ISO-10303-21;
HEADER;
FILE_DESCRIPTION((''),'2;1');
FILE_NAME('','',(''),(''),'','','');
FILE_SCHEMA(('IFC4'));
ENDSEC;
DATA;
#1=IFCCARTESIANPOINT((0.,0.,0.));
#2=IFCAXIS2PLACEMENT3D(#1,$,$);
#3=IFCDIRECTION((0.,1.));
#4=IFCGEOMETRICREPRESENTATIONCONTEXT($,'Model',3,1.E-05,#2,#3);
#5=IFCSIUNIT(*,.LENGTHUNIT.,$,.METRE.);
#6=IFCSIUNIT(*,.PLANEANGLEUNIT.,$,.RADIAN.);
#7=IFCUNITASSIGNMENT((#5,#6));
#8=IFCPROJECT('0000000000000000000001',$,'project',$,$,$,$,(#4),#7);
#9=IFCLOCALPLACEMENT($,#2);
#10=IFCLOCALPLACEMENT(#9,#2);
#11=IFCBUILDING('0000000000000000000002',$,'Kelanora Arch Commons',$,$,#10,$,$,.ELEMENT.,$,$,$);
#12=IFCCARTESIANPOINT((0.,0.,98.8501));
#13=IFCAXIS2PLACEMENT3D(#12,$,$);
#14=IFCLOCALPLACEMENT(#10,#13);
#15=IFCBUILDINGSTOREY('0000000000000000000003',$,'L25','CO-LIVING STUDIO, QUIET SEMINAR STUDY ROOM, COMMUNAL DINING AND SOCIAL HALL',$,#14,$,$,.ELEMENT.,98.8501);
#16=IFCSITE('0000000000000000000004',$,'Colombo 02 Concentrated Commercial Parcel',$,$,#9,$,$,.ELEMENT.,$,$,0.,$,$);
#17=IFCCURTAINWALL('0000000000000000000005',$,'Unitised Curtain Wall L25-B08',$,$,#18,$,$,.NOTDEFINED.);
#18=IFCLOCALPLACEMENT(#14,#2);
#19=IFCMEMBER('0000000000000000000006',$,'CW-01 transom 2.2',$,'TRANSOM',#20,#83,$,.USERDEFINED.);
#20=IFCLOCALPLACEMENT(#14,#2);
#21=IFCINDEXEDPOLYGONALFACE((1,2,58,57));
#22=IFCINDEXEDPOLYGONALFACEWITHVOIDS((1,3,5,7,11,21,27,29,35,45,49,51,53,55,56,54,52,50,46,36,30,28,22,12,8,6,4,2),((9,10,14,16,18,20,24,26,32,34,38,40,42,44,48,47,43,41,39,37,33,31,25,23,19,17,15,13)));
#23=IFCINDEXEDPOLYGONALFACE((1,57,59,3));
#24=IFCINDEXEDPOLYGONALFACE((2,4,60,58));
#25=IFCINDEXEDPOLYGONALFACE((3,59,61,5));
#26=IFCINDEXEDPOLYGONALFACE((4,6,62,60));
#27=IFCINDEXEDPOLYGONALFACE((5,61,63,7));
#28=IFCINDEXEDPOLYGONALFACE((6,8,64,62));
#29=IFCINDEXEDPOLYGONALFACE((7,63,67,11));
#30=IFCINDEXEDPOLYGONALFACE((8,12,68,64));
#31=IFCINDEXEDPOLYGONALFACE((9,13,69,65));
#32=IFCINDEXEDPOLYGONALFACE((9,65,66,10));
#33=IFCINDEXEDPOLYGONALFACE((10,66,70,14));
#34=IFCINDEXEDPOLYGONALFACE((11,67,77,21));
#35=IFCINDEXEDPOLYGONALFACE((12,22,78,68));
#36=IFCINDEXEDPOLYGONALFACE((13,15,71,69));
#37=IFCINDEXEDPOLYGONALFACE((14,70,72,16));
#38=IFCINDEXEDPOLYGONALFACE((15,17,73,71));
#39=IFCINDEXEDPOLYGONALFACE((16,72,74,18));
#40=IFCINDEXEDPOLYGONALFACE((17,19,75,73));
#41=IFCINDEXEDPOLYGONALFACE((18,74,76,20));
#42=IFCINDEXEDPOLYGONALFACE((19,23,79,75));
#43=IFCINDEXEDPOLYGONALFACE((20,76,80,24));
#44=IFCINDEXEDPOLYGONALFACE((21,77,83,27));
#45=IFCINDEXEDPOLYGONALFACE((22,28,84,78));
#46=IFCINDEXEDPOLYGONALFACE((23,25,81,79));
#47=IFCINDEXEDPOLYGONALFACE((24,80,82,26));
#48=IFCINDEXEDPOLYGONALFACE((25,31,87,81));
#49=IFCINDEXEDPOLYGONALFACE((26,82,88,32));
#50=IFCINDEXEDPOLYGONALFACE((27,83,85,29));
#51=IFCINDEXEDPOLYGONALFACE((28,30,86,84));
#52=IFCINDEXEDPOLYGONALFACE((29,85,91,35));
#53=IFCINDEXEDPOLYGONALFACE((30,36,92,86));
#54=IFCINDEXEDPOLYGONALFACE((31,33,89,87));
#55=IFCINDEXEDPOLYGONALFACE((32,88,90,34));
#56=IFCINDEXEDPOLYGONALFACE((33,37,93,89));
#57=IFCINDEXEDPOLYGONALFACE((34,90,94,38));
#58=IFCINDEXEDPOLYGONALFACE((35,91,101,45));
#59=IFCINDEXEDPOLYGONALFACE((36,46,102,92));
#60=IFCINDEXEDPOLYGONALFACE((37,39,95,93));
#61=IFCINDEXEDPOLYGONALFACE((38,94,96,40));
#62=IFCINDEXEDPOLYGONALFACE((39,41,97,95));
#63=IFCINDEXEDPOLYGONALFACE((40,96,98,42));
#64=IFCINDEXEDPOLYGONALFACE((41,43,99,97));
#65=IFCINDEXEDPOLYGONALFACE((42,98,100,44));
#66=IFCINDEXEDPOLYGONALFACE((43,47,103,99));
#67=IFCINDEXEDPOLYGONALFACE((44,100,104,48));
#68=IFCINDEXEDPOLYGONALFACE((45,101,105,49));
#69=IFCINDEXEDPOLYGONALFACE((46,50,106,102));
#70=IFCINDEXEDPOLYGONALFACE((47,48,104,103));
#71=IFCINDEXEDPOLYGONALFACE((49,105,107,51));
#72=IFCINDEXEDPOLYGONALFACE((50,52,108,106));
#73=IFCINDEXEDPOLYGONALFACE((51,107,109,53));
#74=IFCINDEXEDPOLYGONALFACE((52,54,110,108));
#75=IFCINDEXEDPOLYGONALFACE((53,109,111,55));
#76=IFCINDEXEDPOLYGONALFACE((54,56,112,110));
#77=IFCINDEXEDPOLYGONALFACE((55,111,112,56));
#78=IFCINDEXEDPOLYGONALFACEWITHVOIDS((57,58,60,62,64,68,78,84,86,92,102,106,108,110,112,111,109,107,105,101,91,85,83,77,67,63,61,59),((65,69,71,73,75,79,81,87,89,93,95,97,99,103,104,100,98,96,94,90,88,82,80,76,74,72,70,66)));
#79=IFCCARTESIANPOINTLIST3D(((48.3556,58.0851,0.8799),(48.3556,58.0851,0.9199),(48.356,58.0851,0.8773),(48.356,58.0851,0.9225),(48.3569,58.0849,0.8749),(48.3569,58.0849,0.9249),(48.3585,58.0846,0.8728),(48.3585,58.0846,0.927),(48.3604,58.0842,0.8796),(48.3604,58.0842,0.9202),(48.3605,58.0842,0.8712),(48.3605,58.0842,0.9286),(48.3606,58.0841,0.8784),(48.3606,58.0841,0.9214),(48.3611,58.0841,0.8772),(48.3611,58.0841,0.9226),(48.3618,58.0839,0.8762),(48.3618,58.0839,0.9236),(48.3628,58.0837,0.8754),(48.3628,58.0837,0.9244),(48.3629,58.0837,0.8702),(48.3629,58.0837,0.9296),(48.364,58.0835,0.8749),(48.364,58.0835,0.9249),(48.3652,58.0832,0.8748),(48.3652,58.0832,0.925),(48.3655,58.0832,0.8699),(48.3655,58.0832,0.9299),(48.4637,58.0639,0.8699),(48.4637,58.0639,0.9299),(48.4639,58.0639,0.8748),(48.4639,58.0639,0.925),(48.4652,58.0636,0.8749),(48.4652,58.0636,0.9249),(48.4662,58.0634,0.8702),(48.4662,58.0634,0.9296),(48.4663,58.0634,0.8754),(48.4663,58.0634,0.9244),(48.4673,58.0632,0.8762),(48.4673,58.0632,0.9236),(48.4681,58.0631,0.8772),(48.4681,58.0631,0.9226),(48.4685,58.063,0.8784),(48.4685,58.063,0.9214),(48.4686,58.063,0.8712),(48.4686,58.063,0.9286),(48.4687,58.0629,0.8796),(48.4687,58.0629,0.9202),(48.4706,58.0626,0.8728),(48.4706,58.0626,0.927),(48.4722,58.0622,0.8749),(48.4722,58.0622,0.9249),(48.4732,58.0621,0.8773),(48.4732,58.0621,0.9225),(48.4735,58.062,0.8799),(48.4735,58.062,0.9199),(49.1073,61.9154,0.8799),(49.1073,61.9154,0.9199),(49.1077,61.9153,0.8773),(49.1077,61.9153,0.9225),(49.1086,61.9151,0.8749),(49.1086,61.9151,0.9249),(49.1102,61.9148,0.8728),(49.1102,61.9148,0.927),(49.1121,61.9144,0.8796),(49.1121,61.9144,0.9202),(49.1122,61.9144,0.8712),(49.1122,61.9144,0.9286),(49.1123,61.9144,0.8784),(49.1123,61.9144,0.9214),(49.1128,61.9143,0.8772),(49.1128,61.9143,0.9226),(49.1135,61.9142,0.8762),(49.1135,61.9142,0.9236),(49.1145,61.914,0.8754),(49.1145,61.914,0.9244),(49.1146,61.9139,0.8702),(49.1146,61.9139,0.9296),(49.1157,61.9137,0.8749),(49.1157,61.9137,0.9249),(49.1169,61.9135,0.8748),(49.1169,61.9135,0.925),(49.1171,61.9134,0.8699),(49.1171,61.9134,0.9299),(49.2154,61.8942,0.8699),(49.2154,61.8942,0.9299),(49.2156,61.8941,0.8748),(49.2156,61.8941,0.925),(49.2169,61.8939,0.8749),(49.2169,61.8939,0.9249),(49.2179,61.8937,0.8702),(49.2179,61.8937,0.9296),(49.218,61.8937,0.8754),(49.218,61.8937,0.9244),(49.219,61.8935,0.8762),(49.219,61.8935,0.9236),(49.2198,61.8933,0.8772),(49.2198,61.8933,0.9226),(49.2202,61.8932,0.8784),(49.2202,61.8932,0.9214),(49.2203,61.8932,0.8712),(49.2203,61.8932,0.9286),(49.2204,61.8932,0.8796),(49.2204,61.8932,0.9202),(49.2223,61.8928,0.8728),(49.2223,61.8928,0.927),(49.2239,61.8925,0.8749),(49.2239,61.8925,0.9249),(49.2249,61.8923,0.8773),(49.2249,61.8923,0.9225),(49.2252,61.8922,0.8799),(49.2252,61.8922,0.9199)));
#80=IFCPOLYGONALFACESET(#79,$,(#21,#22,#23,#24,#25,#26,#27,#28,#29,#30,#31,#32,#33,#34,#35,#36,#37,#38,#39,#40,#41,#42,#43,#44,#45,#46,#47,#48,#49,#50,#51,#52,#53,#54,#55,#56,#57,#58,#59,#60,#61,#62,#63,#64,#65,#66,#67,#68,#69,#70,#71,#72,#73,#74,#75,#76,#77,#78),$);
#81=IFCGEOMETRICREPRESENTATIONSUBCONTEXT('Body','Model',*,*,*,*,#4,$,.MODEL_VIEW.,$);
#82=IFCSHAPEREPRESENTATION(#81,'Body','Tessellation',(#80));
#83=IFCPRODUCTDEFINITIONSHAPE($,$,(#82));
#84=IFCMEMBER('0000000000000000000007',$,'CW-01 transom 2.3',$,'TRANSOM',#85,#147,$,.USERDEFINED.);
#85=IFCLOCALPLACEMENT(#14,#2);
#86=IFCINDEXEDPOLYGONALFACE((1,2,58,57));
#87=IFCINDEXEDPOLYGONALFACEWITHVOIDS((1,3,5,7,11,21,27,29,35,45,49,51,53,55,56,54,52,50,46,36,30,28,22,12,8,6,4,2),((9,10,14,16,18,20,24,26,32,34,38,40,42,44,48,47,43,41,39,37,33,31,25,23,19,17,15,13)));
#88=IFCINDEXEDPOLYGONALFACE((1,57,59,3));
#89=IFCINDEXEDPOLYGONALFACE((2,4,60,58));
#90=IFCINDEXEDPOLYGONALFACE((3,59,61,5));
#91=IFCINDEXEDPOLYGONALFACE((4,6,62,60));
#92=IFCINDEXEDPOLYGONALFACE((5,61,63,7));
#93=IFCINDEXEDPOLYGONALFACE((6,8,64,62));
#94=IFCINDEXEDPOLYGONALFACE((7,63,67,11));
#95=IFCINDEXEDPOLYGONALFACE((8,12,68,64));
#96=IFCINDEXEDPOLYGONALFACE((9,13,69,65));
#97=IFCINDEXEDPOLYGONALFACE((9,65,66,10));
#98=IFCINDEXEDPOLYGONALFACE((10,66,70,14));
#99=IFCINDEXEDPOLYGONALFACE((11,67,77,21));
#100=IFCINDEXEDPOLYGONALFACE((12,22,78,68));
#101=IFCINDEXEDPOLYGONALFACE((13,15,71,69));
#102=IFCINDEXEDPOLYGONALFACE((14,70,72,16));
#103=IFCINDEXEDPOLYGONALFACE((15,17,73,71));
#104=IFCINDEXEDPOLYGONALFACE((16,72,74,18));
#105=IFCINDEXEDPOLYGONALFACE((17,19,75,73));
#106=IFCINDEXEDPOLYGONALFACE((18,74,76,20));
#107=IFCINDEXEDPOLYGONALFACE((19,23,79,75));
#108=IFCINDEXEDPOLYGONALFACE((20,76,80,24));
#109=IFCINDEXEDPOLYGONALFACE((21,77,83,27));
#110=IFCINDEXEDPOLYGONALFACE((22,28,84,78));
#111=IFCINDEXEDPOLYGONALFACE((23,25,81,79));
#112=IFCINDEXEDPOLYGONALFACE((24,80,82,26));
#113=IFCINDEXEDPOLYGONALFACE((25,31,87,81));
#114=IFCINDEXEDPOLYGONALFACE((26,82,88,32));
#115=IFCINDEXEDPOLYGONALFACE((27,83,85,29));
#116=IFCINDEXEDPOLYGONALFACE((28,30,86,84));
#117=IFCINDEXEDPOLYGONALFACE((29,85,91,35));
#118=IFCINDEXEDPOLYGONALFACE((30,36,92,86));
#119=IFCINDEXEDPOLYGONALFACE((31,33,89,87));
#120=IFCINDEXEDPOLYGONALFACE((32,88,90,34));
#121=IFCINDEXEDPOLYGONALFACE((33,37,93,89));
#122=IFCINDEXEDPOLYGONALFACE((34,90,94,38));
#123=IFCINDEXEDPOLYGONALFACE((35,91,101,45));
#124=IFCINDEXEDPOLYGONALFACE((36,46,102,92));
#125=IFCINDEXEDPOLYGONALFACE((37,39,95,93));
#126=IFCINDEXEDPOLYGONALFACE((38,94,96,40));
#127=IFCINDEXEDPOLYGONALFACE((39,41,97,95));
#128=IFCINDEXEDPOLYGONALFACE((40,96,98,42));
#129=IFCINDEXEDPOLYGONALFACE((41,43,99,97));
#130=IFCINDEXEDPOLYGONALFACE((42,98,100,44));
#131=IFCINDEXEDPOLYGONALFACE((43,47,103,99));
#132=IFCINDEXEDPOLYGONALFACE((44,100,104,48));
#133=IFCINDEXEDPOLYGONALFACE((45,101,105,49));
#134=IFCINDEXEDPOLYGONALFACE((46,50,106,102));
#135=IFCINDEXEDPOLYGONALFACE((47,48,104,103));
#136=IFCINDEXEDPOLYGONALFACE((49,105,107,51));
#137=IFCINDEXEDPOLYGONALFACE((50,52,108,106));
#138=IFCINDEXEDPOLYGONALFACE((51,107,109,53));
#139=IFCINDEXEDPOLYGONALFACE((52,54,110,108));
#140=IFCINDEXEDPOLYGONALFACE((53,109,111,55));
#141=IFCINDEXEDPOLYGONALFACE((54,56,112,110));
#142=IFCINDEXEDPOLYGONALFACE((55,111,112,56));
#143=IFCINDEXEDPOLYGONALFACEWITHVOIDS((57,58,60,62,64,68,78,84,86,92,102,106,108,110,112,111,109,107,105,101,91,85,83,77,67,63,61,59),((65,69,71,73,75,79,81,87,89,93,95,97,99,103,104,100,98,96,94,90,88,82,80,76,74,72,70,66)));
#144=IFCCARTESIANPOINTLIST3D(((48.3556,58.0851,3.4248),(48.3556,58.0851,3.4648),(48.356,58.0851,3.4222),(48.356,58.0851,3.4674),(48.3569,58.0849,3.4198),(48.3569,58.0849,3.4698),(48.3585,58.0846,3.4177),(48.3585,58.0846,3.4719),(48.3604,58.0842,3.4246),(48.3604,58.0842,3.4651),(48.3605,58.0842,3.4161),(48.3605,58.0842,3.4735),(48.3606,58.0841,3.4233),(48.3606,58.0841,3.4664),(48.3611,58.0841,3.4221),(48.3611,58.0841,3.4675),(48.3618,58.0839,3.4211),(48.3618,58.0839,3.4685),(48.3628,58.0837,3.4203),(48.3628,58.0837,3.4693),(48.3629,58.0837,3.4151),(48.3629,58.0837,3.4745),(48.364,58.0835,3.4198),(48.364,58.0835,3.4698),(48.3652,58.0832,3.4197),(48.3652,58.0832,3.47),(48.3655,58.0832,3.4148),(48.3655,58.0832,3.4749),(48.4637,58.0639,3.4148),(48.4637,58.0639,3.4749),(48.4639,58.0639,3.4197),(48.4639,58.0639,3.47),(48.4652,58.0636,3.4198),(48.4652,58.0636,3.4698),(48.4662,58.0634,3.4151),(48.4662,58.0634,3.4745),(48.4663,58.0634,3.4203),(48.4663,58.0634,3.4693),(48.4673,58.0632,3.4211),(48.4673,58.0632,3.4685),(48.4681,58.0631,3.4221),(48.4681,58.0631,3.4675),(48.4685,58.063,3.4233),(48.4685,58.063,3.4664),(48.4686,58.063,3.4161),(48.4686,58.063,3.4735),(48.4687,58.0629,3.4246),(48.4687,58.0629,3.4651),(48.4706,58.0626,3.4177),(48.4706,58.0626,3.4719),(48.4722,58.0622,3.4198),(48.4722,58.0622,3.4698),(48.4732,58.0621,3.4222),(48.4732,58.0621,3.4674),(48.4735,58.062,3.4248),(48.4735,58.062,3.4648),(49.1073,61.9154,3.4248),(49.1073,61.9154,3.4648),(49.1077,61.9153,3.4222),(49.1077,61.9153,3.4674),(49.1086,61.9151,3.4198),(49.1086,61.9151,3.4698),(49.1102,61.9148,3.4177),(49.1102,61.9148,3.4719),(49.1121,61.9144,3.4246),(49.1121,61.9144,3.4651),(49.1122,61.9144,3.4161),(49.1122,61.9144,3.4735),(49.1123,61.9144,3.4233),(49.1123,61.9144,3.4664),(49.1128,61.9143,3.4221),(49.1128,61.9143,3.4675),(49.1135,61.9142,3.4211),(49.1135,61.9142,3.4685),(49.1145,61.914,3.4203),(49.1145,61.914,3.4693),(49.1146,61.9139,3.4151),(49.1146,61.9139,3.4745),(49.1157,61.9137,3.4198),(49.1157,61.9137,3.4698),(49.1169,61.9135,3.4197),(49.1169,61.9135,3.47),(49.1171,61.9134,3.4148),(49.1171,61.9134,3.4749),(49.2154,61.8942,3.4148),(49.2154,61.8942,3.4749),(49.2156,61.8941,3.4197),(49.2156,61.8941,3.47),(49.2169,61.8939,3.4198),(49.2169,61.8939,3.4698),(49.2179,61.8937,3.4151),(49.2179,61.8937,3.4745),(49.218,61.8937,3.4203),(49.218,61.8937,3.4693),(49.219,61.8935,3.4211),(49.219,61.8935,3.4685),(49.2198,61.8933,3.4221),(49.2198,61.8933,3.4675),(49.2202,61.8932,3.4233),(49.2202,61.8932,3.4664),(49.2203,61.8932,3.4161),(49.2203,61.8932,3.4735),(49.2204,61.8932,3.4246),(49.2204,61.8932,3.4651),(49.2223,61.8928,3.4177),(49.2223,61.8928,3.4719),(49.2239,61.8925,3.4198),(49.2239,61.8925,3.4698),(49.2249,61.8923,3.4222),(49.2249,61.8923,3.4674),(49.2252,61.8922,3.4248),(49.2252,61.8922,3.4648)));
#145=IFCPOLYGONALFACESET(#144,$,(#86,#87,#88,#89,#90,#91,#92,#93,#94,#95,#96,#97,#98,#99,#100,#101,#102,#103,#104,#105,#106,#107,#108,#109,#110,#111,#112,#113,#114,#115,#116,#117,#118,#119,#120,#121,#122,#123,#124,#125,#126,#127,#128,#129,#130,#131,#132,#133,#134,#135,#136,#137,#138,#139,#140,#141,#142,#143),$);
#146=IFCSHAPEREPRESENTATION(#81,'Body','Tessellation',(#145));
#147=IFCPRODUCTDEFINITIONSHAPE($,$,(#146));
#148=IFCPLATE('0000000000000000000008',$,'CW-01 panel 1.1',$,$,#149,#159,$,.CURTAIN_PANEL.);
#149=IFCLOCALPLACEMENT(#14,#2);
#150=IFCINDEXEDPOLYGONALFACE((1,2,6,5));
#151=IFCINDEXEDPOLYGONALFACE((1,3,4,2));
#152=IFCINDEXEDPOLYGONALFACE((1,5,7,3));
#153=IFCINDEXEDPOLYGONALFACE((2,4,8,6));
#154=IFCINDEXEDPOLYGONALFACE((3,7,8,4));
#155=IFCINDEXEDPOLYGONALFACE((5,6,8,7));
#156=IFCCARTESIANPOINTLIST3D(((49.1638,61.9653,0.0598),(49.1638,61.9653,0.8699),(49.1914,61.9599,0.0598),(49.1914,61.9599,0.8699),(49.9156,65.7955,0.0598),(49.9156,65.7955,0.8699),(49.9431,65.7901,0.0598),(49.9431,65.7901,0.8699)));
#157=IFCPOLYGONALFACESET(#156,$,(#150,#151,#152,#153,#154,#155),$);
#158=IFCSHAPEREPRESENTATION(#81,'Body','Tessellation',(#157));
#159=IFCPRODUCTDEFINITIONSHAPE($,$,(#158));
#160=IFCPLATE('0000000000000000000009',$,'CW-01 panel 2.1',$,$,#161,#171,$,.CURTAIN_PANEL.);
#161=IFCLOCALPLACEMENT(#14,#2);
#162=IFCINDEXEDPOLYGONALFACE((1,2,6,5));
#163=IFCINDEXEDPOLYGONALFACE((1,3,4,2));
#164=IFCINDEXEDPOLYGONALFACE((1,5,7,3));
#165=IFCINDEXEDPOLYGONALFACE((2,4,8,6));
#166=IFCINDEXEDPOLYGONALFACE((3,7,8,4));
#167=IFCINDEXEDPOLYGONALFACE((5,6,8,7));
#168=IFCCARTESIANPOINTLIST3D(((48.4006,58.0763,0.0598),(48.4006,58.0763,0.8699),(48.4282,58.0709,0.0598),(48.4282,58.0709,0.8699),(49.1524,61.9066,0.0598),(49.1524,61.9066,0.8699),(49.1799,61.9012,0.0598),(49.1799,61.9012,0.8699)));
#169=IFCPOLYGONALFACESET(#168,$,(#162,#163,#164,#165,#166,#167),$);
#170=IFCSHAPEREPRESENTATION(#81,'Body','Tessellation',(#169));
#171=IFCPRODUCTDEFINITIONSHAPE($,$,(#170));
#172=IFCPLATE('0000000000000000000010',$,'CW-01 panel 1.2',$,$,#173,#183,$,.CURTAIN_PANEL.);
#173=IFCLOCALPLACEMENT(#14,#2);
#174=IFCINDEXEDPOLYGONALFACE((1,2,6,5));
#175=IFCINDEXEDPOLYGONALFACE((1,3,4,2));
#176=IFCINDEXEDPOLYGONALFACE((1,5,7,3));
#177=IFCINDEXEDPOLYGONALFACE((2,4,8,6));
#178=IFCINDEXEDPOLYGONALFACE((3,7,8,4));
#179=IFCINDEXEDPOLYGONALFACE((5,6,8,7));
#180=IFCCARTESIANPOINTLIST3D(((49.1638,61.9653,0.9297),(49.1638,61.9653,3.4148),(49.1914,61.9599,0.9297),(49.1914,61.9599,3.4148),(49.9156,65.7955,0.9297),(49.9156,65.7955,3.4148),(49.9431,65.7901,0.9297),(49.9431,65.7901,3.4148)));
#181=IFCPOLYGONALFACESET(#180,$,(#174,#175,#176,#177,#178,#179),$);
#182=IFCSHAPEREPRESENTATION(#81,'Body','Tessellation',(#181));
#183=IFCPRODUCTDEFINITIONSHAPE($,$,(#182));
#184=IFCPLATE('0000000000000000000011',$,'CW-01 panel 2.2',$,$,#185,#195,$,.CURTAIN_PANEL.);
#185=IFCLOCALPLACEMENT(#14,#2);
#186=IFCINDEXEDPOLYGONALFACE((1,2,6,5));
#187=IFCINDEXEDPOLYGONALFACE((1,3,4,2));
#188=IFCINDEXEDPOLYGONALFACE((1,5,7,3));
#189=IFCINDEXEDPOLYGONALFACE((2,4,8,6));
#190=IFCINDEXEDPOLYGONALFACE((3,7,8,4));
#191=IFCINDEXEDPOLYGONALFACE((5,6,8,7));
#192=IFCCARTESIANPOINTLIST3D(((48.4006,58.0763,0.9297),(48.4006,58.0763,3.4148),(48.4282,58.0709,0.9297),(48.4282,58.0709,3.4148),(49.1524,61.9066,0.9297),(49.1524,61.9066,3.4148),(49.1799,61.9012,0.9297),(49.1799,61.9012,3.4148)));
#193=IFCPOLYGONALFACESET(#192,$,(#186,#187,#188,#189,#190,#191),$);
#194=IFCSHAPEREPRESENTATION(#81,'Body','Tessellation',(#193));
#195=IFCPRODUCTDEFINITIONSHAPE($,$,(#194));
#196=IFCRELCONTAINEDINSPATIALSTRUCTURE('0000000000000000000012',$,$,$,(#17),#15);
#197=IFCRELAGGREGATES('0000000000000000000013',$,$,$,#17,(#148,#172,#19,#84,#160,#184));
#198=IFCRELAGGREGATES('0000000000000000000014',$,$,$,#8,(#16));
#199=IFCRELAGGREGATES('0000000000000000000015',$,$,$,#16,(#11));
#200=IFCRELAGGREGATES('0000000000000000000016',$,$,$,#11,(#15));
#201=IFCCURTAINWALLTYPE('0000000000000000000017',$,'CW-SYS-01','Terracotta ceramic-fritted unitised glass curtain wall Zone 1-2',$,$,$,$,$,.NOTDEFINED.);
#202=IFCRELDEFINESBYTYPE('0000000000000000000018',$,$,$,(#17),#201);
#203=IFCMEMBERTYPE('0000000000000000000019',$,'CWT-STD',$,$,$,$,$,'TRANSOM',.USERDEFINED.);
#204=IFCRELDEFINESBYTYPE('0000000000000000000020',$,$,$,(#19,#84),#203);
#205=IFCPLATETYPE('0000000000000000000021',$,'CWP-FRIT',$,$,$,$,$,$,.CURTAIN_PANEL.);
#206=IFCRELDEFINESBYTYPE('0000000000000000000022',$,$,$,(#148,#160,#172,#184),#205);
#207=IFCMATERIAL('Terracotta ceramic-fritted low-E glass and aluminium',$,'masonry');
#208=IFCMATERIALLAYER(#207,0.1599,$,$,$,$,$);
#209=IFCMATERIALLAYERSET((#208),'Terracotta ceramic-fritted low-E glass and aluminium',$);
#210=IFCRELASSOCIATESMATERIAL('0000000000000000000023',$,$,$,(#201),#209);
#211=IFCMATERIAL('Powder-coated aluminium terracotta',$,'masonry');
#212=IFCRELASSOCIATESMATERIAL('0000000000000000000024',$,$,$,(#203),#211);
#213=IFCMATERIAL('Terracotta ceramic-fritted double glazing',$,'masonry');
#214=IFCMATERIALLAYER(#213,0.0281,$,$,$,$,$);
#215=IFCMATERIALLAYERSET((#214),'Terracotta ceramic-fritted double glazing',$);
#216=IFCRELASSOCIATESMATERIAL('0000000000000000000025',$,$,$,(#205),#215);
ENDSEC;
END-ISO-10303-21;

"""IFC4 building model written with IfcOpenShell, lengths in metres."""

from ifc_helpers import new_model, si_unit, direction, frame, origin, origin_2d, place, context, subcontext, project, spatial, rectangle, hollow_rectangle, extrude, source, transform, mapped, material, layer, layer_set, material_profile, profile_set, type_object, element, aggregate, save


model = new_model("IFC4")

# Units and contexts
model_context = context("Model", 3, precision=1e-05, world=origin(), true_north=direction((0.0, 1.0)))
body_context = subcontext(model_context, "Body", "Model", "MODEL_VIEW")
ifc_project = project(units=[si_unit("LENGTHUNIT", "METRE"), si_unit("PLANEANGLEUNIT", "RADIAN")], contexts=[model_context])

# Site, building, storey
site_placement = place(None, origin())
site = spatial("IfcSite", under=ifc_project, at=site_placement, Name="Colombo 02 Concentrated Commercial Parcel", CompositionType="ELEMENT", RefElevation=0.0)
building_placement = place(site_placement, origin())
building = spatial("IfcBuilding", under=site, at=building_placement, Name="Kelanora Arch Commons", CompositionType="ELEMENT")
storey_placement = place(building_placement, frame((0.0, 0.0, 98.8501)))
storey = spatial("IfcBuildingStorey", under=building, at=storey_placement, Name="L25", Description="CO-LIVING STUDIO, QUIET SEMINAR STUDY ROOM, COMMUNAL DINING AND SOCIAL HALL", CompositionType="ELEMENT", Elevation=98.8501)

# Curtain wall, members, plates
ifc_material_1 = material(Name="Terracotta ceramic-fritted low-E glass and aluminium", Category="masonry")
ifc_layer_1 = layer(ifc_material_1, 0.1599)
ifc_layer_set_1 = layer_set([ifc_layer_1], Name="Terracotta ceramic-fritted low-E glass and aluminium")
curtain_wall_type = type_object("IfcCurtainWallType", Name="CW-SYS-01", Description="Terracotta ceramic-fritted unitised glass curtain wall Zone 1-2", PredefinedType="NOTDEFINED", material=ifc_layer_set_1)
curtain_wall_placement = place(storey_placement, origin())
curtain_wall = element("IfcCurtainWall", 1, at=curtain_wall_placement, inside=storey, type_object=curtain_wall_type, Name="Unitised Curtain Wall L25-B08", PredefinedType="NOTDEFINED")
ifc_material_2 = material(Name="Powder-coated aluminium terracotta", Category="masonry")
ifc_material_profile_1 = material_profile(ifc_material_2, hollow_rectangle(XDim=0.1201, YDim=0.0601, WallThickness=0.0049, InnerFilletRadius=0.0049, OuterFilletRadius=0.01, at=origin_2d()), Name="CWT120x60")
ifc_profile_set_1 = profile_set([ifc_material_profile_1], Name="Powder-coated aluminium terracotta")
member_type_1 = type_object("IfcMemberType", Name="CWT-STD", ElementType="TRANSOM", PredefinedType="USERDEFINED", material=ifc_profile_set_1)
member_1_placement = place(storey_placement, frame((49.1663, 61.9038, 0.8999), z_axis=(-0.192579, -0.981282, 0.0), x_axis=(0.981282, -0.192579, 0.0)))
member_1 = element("IfcMember", 2, at=member_1_placement, type_object=member_type_1, Name="CW-01 transom 2.2", ObjectType="TRANSOM", PredefinedType="USERDEFINED", context=body_context, shape_type="SweptSolid", body=[
    extrude(hollow_rectangle(XDim=0.1201, YDim=0.0601, WallThickness=0.0049, InnerFilletRadius=0.0049, OuterFilletRadius=0.01, at=origin_2d()), origin(), (0.0, 0.0, 1.0), 3.9033),
])
member_2_placement = place(storey_placement, frame((49.1663, 61.9038, 3.4448), z_axis=(-0.192579, -0.981282, 0.0), x_axis=(0.981282, -0.192579, 0.0)))
member_2 = element("IfcMember", 3, at=member_2_placement, type_object=member_type_1, Name="CW-01 transom 2.3", ObjectType="TRANSOM", PredefinedType="USERDEFINED", context=body_context, shape_type="SweptSolid", body=[
    extrude(hollow_rectangle(XDim=0.1201, YDim=0.0601, WallThickness=0.0049, InnerFilletRadius=0.0049, OuterFilletRadius=0.01, at=origin_2d()), origin(), (0.0, 0.0, 1.0), 3.9033),
])
ifc_material_3 = material(Name="Terracotta ceramic-fritted double glazing", Category="masonry")
ifc_layer_2 = layer(ifc_material_3, 0.0281)
ifc_layer_set_2 = layer_set([ifc_layer_2], Name="Terracotta ceramic-fritted double glazing")
plate_type = type_object("IfcPlateType", Name="CWP-FRIT", PredefinedType="CURTAIN_PANEL", material=ifc_layer_set_2)
shared_shape_1 = source(origin(), body_context, "Body", "SweptSolid", [
    extrude(rectangle(XDim=3.9033, YDim=0.0281, at=origin_2d()), origin(), (0.0, 0.0, 1.0), 0.8101),
])
plate_1_placement = place(storey_placement, frame((49.5535, 63.8777, 0.0598), z_axis=(0.0, 0.0, 1.0), x_axis=(-0.192585, -0.98128, 0.0)))
plate_1 = element("IfcPlate", 4, at=plate_1_placement, type_object=plate_type, Name="CW-01 panel 1.1", PredefinedType="CURTAIN_PANEL", context=body_context, shape_type="MappedRepresentation", body=[
    mapped(shared_shape_1, transform((0.0, 0.0, 0.0), scale=1.0)),
])
plate_2_placement = place(storey_placement, frame((48.7903, 59.9888, 0.0598), z_axis=(0.0, 0.0, 1.0), x_axis=(-0.192585, -0.98128, 0.0)))
plate_2 = element("IfcPlate", 5, at=plate_2_placement, type_object=plate_type, Name="CW-01 panel 2.1", PredefinedType="CURTAIN_PANEL", context=body_context, shape_type="MappedRepresentation", body=[
    mapped(shared_shape_1, transform((0.0, 0.0, 0.0), scale=1.0)),
])
shared_shape_2 = source(origin(), body_context, "Body", "SweptSolid", [
    extrude(rectangle(XDim=3.9033, YDim=0.0281, at=origin_2d()), origin(), (0.0, 0.0, 1.0), 2.4851),
])
plate_3_placement = place(storey_placement, frame((49.5535, 63.8777, 0.9297), z_axis=(0.0, 0.0, 1.0), x_axis=(-0.192585, -0.98128, 0.0)))
plate_3 = element("IfcPlate", 6, at=plate_3_placement, type_object=plate_type, Name="CW-01 panel 1.2", PredefinedType="CURTAIN_PANEL", context=body_context, shape_type="MappedRepresentation", body=[
    mapped(shared_shape_2, transform((0.0, 0.0, 0.0), scale=1.0)),
])
plate_4_placement = place(storey_placement, frame((48.7903, 59.9888, 0.9297), z_axis=(0.0, 0.0, 1.0), x_axis=(-0.192585, -0.98128, 0.0)))
plate_4 = element("IfcPlate", 7, at=plate_4_placement, type_object=plate_type, Name="CW-01 panel 2.2", PredefinedType="CURTAIN_PANEL", context=body_context, shape_type="MappedRepresentation", body=[
    mapped(shared_shape_2, transform((0.0, 0.0, 0.0), scale=1.0)),
])
aggregate(curtain_wall, [plate_1, plate_3, member_1, member_2, plate_2, plate_4])

save(model, "model.ifc")
